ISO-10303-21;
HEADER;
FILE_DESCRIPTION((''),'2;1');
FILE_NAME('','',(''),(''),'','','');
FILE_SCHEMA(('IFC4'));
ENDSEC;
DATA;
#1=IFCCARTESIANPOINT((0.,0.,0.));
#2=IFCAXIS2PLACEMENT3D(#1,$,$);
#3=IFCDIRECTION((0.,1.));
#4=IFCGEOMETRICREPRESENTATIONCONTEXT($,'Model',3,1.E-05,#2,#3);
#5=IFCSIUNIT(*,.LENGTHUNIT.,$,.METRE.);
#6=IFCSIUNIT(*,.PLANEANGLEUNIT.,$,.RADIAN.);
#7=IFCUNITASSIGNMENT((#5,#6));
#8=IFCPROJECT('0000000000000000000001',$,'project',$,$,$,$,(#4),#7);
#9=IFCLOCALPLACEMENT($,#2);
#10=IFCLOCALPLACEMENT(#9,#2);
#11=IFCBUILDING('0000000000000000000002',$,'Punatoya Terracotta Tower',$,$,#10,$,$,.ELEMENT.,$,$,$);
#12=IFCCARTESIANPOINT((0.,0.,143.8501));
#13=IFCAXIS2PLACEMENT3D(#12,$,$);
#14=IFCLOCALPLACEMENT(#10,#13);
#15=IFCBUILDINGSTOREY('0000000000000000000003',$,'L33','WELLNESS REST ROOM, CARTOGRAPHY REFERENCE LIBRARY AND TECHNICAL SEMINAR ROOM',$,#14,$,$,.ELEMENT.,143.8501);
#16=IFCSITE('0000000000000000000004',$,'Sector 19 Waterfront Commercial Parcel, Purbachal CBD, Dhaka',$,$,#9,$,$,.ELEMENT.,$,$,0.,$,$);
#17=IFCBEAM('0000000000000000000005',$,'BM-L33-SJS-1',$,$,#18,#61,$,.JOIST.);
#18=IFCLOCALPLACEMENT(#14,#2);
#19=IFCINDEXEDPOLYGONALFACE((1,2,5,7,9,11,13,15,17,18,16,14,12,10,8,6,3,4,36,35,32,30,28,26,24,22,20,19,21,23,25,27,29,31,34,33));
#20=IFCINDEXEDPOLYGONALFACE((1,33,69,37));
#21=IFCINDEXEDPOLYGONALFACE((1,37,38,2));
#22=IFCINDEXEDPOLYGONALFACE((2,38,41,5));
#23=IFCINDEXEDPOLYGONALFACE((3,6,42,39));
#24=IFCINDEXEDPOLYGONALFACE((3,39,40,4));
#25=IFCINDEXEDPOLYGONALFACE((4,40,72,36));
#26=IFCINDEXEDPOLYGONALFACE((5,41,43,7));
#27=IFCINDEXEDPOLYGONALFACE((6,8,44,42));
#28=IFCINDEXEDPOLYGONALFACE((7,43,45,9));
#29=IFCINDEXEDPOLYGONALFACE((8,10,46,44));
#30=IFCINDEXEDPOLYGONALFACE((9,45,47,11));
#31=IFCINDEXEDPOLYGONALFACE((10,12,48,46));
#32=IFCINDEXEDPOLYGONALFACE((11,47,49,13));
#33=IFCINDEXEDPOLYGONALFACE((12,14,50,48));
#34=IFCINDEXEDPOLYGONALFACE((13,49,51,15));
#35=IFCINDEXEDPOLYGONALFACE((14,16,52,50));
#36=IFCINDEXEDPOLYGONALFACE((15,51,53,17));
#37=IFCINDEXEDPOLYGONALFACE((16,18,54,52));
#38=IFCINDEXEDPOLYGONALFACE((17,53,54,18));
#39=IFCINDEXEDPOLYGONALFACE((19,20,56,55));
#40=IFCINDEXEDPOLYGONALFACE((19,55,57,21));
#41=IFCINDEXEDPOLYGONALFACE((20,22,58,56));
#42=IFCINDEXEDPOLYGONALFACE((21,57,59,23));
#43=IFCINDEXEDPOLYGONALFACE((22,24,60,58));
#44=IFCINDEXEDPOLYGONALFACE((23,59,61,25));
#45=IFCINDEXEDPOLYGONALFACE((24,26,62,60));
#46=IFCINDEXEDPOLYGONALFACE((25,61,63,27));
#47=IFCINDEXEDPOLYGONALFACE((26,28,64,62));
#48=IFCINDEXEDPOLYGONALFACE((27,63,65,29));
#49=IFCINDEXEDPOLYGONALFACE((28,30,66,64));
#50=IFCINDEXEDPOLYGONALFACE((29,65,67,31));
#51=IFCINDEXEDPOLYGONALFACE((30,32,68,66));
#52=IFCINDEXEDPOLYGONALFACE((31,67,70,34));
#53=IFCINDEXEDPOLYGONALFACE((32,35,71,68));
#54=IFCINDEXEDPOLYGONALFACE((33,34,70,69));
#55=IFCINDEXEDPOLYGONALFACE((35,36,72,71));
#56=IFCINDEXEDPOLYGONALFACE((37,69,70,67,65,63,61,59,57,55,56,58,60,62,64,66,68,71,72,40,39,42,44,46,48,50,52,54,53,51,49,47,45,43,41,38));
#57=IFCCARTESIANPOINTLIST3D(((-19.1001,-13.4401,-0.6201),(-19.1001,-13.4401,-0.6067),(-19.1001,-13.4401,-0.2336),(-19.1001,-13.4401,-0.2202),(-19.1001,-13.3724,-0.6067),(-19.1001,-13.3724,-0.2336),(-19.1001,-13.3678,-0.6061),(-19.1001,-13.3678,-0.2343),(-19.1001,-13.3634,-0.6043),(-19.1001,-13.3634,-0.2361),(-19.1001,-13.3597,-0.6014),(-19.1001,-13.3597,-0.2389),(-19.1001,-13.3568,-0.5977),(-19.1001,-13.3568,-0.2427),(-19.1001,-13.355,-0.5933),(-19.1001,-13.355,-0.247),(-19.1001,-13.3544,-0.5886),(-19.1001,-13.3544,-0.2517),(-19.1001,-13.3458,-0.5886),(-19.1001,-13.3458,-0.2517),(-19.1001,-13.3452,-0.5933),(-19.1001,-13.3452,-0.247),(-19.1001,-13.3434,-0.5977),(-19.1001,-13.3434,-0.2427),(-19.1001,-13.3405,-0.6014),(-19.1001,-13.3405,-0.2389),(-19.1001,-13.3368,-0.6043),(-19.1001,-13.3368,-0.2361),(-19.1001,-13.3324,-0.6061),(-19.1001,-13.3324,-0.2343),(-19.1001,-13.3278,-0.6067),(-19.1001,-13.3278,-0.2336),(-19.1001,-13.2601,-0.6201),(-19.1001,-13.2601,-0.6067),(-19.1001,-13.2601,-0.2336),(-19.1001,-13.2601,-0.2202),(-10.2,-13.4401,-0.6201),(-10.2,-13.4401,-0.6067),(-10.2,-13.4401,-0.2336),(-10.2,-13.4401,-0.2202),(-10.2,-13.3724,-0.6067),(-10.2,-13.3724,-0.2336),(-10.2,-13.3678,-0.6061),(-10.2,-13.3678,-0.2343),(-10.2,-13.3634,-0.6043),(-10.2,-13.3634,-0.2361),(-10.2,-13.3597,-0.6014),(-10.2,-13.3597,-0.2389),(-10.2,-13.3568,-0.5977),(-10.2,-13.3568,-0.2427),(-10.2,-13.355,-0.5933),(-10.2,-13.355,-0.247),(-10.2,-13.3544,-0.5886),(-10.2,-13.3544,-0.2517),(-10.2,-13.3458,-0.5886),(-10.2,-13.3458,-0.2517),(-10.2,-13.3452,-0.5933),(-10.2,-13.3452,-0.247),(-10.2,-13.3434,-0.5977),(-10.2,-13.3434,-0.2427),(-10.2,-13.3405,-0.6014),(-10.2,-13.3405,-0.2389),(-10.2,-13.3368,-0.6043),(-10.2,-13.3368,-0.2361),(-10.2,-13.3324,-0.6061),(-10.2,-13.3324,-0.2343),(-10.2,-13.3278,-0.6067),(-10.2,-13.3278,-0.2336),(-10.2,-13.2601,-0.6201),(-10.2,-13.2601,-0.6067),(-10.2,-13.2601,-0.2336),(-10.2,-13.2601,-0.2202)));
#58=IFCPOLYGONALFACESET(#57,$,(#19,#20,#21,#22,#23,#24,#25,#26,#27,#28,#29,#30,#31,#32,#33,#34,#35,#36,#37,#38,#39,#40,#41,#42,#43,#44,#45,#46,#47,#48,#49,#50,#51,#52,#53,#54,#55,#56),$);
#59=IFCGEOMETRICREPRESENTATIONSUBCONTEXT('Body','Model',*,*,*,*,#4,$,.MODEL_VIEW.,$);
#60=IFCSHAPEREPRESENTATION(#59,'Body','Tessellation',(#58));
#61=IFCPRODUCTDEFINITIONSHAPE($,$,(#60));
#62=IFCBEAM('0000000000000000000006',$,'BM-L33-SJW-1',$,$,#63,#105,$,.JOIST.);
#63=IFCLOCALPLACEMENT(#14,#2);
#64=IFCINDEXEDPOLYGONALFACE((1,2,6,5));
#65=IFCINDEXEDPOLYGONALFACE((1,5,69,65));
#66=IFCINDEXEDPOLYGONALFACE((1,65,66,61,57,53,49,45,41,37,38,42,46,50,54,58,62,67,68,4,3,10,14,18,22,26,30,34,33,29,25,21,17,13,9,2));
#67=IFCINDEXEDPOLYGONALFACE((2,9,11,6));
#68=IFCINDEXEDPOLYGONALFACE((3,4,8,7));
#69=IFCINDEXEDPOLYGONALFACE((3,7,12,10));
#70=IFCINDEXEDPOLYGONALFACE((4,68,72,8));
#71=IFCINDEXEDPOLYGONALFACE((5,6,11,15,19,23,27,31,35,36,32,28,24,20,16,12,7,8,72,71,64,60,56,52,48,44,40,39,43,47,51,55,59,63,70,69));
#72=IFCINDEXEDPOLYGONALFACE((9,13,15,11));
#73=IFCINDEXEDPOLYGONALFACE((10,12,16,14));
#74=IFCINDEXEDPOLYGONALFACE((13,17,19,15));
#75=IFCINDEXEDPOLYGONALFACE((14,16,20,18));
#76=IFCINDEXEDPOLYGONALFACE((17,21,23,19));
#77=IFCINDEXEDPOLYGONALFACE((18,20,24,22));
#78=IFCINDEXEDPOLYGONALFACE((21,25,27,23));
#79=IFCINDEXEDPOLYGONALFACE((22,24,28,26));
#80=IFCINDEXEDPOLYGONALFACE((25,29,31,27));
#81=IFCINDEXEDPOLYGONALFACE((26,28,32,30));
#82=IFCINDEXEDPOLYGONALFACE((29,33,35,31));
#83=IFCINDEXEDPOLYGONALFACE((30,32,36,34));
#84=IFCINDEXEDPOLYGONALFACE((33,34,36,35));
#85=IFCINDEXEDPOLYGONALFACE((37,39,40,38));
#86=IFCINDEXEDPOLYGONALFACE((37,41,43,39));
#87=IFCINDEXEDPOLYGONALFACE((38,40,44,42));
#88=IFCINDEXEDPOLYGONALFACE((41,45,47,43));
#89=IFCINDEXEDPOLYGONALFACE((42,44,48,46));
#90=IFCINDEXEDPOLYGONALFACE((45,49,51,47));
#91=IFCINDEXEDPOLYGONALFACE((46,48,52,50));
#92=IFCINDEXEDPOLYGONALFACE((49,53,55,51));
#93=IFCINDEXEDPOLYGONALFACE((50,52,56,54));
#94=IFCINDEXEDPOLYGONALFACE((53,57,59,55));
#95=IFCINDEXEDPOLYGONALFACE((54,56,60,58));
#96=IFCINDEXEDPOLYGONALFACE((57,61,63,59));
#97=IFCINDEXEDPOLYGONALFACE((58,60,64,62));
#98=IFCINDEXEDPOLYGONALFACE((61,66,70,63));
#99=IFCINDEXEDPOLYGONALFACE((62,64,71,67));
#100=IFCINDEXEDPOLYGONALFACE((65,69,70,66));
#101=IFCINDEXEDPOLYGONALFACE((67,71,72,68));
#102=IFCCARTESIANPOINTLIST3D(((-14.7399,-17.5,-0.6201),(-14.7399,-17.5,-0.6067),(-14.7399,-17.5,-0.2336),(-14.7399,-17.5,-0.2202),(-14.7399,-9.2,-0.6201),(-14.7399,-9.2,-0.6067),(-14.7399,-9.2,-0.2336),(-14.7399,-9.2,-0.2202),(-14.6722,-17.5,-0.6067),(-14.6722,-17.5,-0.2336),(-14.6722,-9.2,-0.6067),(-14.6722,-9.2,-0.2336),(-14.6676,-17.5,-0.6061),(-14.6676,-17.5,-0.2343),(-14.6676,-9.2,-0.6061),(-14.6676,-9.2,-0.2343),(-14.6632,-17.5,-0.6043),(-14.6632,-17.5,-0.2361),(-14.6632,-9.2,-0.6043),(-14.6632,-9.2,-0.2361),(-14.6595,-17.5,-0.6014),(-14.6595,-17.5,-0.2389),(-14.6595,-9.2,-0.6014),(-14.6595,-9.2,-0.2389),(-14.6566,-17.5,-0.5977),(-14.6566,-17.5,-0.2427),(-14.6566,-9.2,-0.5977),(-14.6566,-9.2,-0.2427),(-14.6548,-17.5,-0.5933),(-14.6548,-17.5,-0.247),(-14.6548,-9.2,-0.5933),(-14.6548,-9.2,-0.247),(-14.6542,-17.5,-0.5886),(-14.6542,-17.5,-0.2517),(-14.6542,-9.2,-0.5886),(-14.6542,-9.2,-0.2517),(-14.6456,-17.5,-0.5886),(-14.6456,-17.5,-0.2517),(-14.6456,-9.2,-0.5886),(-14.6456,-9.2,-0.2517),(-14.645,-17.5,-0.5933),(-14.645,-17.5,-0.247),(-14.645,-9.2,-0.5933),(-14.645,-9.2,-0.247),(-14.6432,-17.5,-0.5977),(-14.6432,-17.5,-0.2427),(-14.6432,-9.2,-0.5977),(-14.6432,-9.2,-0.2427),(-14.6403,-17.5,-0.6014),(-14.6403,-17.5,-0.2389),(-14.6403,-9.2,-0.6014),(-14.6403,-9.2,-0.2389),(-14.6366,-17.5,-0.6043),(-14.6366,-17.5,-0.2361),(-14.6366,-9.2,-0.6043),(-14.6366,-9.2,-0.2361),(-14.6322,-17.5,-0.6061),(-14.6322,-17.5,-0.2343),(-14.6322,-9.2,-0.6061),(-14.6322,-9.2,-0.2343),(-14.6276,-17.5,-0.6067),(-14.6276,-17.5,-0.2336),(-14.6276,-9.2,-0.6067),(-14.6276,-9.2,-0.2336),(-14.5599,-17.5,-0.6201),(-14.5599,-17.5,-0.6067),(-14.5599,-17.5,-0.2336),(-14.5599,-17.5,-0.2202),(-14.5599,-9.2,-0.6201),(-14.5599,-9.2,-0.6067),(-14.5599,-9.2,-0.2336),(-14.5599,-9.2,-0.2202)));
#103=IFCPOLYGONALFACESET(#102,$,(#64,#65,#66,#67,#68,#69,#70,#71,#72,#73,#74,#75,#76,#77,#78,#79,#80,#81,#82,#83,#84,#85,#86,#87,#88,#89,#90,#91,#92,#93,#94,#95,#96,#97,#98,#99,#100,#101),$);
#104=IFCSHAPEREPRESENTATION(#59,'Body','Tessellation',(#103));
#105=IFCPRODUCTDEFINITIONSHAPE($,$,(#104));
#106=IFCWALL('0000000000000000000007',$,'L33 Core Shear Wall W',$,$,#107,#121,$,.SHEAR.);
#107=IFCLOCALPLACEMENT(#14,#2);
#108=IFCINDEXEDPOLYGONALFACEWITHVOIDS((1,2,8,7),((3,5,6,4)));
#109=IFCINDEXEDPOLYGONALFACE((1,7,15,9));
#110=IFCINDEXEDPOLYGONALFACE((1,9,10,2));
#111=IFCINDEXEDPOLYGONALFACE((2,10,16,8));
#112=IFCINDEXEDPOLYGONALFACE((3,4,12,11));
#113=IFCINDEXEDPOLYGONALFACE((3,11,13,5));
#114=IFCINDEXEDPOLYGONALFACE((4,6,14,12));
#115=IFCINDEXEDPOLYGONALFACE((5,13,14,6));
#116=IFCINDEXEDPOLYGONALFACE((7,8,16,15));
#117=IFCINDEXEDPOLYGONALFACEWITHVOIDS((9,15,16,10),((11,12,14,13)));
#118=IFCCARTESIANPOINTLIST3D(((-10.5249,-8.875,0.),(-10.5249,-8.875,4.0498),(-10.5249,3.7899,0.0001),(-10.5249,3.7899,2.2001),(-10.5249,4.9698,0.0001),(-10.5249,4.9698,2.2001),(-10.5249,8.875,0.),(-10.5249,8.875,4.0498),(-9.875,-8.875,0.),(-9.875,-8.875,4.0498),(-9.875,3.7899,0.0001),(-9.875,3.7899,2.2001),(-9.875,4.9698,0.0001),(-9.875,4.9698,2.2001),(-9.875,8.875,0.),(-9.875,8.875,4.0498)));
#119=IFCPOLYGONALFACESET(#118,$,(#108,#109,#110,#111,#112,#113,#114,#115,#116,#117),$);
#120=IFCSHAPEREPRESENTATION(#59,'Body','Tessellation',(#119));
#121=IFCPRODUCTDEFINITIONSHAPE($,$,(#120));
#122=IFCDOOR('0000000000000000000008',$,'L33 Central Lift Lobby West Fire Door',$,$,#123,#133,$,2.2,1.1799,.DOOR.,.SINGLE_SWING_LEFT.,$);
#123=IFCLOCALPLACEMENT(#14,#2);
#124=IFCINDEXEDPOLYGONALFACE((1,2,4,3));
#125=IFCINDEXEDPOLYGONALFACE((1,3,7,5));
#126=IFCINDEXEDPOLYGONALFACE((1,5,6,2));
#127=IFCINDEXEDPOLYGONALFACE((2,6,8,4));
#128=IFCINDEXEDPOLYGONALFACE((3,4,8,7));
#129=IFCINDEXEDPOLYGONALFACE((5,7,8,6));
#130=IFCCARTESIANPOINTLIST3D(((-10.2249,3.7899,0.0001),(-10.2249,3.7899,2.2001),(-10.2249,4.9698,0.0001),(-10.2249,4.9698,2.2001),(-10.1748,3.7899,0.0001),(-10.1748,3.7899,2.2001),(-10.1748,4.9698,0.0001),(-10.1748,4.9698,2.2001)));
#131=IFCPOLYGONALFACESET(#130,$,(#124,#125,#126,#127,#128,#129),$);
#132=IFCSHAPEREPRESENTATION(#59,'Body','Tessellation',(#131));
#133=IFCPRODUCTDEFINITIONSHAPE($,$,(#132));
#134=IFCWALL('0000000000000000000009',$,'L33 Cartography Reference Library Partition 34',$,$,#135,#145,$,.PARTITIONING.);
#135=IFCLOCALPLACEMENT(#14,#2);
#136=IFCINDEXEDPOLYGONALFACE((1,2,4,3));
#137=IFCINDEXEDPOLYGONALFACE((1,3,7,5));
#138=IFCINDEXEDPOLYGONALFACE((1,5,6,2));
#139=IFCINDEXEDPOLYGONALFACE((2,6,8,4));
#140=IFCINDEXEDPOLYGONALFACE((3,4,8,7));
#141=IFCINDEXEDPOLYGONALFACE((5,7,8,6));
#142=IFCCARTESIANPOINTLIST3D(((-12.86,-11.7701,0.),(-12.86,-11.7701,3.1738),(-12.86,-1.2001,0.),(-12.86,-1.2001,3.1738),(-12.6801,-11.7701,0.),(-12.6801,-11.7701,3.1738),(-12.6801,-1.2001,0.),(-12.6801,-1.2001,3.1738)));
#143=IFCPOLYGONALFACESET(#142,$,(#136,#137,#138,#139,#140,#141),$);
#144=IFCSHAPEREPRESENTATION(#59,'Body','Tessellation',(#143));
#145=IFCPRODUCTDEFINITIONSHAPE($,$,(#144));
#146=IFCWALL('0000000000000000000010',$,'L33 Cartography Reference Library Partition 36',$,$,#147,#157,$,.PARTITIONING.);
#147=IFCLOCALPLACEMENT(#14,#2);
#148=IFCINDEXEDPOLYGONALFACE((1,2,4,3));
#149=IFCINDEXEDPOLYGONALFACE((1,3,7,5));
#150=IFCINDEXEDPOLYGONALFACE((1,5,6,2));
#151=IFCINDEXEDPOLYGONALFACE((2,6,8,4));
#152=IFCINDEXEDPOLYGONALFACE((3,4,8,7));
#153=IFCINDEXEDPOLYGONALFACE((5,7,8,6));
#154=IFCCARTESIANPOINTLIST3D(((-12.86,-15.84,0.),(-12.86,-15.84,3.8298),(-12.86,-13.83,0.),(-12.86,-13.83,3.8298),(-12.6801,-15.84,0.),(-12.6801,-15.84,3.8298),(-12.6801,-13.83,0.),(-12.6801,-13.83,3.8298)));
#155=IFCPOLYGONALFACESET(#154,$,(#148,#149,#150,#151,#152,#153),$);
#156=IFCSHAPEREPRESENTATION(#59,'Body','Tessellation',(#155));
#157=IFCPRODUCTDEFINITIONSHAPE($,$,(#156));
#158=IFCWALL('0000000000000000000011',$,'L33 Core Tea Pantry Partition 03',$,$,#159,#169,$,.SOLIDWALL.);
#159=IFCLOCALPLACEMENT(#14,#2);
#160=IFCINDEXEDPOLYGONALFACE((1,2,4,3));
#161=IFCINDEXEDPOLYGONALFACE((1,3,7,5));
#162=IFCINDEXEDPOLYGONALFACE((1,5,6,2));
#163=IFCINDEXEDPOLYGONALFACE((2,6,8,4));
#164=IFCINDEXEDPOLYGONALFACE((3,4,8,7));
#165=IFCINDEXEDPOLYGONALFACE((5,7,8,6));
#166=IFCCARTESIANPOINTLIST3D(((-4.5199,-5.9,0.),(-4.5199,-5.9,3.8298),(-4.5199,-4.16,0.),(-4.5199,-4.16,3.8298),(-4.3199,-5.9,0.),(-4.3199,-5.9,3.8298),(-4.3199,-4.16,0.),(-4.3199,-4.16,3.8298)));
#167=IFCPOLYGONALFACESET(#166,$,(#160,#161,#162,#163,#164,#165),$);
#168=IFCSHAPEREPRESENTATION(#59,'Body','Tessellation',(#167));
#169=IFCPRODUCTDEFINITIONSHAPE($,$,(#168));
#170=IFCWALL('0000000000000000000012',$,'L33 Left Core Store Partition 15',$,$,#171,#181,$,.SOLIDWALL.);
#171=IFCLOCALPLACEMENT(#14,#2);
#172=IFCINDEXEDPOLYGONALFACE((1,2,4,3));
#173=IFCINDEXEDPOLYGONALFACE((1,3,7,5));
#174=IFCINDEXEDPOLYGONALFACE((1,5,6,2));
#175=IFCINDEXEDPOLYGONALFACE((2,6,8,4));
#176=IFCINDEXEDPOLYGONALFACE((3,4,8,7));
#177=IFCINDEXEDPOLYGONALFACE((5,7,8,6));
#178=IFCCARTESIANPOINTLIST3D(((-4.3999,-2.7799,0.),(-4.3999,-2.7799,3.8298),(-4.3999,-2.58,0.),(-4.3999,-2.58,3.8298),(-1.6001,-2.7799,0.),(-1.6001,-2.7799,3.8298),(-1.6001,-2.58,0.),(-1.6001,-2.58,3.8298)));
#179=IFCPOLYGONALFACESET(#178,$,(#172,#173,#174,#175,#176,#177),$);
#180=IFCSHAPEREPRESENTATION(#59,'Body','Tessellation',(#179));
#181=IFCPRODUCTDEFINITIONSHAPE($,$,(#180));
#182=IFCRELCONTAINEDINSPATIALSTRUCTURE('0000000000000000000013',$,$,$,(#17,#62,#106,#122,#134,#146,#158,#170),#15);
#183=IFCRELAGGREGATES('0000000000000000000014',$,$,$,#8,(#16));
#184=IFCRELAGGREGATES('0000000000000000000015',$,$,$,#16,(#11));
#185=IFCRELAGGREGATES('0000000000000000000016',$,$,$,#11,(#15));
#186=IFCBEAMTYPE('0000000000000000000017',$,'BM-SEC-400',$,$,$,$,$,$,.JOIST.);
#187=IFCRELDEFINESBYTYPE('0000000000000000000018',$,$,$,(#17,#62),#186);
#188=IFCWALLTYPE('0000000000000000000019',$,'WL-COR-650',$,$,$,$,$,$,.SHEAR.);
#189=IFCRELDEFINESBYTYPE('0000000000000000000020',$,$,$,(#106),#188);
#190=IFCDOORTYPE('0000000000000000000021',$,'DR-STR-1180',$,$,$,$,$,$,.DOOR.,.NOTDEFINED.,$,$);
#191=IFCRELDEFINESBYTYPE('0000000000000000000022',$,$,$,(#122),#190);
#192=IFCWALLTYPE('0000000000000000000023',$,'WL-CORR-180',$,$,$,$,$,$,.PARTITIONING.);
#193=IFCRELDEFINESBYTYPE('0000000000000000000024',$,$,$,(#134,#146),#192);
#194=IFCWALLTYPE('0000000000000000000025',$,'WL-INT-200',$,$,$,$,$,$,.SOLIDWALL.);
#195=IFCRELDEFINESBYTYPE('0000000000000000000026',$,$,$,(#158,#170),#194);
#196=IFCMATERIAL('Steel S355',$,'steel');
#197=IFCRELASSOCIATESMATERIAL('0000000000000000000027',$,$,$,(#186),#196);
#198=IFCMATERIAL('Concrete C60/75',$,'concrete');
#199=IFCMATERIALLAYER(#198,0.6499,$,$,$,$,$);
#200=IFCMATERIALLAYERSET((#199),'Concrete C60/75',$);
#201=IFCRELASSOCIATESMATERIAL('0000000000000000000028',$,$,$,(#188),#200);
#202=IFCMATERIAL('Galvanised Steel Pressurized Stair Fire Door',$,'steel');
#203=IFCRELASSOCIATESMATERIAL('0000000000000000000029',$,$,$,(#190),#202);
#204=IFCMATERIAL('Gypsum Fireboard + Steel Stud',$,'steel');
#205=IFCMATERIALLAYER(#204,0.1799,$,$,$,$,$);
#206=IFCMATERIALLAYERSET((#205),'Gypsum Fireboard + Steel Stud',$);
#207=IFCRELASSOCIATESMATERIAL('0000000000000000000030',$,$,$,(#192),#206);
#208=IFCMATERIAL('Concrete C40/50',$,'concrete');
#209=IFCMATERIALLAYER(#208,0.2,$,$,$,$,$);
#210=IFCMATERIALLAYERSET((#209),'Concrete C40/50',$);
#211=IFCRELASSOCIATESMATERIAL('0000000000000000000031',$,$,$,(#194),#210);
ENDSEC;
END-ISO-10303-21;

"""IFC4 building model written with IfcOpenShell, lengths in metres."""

from ifc_helpers import new_model, si_unit, direction, frame, frame_2d, origin, origin_2d, place, context, subcontext, project, spatial, rectangle, i_section, extrude, material, layer, layer_set, material_profile, profile_set, type_object, element, fill, save


model = new_model("IFC4")

# Units and contexts
model_context = context("Model", 3, precision=1e-05, world=origin(), true_north=direction((0.0, 1.0)))
body_context = subcontext(model_context, "Body", "Model", "MODEL_VIEW")
ifc_project = project(units=[si_unit("LENGTHUNIT", "METRE"), si_unit("PLANEANGLEUNIT", "RADIAN")], contexts=[model_context])

# Site, building, storey
site_placement = place(None, origin())
site = spatial("IfcSite", under=ifc_project, at=site_placement, Name="Sector 19 Waterfront Commercial Parcel, Purbachal CBD, Dhaka", CompositionType="ELEMENT", RefElevation=0.0)
building_placement = place(site_placement, origin())
building = spatial("IfcBuilding", under=site, at=building_placement, Name="Punatoya Terracotta Tower", CompositionType="ELEMENT")
storey_placement = place(building_placement, frame((0.0, 0.0, 143.8501)))
storey = spatial("IfcBuildingStorey", under=building, at=storey_placement, Name="L33", Description="WELLNESS REST ROOM, CARTOGRAPHY REFERENCE LIBRARY AND TECHNICAL SEMINAR ROOM", CompositionType="ELEMENT", Elevation=143.8501)

# Beams
ifc_material_1 = material(Name="Steel S355", Category="steel")
ifc_material_2 = material(Name="Concrete C60/75", Category="concrete")
ifc_material_profile_1 = material_profile(ifc_material_1, i_section(OverallWidth=0.1799, OverallDepth=0.3999, WebThickness=0.0085, FlangeThickness=0.0134, FilletRadius=0.0181, at=origin_2d()))
ifc_profile_set_1 = profile_set([ifc_material_profile_1], Name="Steel S355")
beam_type_1 = type_object("IfcBeamType", Name="BM-SEC-400", PredefinedType="JOIST", material=ifc_profile_set_1)
beam_1_placement = place(storey_placement, frame((-19.1001, -13.3501, -0.4202), z_axis=(1.0, 0.0, 0.0), x_axis=(0.0, 1.0, 0.0)))
element("IfcBeam", 1, at=beam_1_placement, inside=storey, type_object=beam_type_1, Name="BM-L33-SJS-1", PredefinedType="JOIST", context=body_context, shape_type="SweptSolid", body=[
    extrude(i_section(OverallWidth=0.1799, OverallDepth=0.3999, WebThickness=0.0085, FlangeThickness=0.0134, FilletRadius=0.0181, at=origin_2d()), origin(), (0.0, 0.0, 1.0), 8.9001),
])
beam_2_placement = place(storey_placement, frame((-14.6499, -17.5, -0.4202), z_axis=(0.0, 1.0, 0.0), x_axis=(-1.0, 0.0, 0.0)))
element("IfcBeam", 2, at=beam_2_placement, inside=storey, type_object=beam_type_1, Name="BM-L33-SJW-1", PredefinedType="JOIST", context=body_context, shape_type="SweptSolid", body=[
    extrude(i_section(OverallWidth=0.1799, OverallDepth=0.3999, WebThickness=0.0085, FlangeThickness=0.0134, FilletRadius=0.0181, at=origin_2d()), origin(), (0.0, 0.0, 1.0), 8.3),
])

# Wall, opening, door
ifc_layer_1 = layer(ifc_material_2, 0.6499)
ifc_layer_set_1 = layer_set([ifc_layer_1], Name="Concrete C60/75")
wall_type_1 = type_object("IfcWallType", Name="WL-COR-650", PredefinedType="SHEAR", material=ifc_layer_set_1)
wall_1_placement = place(storey_placement, frame((-10.2, -8.875, 0.0), z_axis=(0.0, 0.0, 1.0), x_axis=(0.0, 1.0, 0.0)))
wall_1 = element("IfcWall", 3, at=wall_1_placement, inside=storey, type_object=wall_type_1, Name="L33 Core Shear Wall W", PredefinedType="SHEAR", context=body_context, shape_type="SweptSolid", body=[
    extrude(rectangle(XDim=17.75, YDim=0.6499, at=frame_2d((8.875, 0.0))), origin(), (0.0, 0.0, 1.0), 4.0498),
])
opening_1_placement = place(wall_1_placement, frame((12.665, 0.0, 0.0)))
opening_1 = element("IfcOpeningElement", 4, at=opening_1_placement, cuts=wall_1, PredefinedType="OPENING", context=body_context, shape_type="SweptSolid", body=[
    extrude(rectangle(XDim=1.1799, YDim=2.2, at=frame_2d((0.5898, 1.1001))), frame((0.0, 0.335, 0.0), z_axis=(0.0, -1.0, 0.0), x_axis=(1.0, 0.0, 0.0)), (0.0, 0.0, 1.0), 0.6699),
])
ifc_material_3 = material(Name="Galvanised Steel Pressurized Stair Fire Door", Category="steel")
door_type_1 = type_object("IfcDoorType", Name="DR-STR-1180", OperationType="NOTDEFINED", PredefinedType="DOOR", material=ifc_material_3)
door_1_placement = place(opening_1_placement, origin())
door_1 = element("IfcDoor", 5, at=door_1_placement, inside=storey, type_object=door_type_1, Name="L33 Central Lift Lobby West Fire Door", OperationType="SINGLE_SWING_LEFT", OverallHeight=2.2, OverallWidth=1.1799, PredefinedType="DOOR", context=body_context, shape_type="SweptSolid", body=[
    extrude(rectangle(XDim=1.1799, YDim=2.2, at=frame_2d((0.5898, 1.1001))), frame((0.0, 0.0249, 0.0), z_axis=(0.0, -1.0, 0.0), x_axis=(1.0, 0.0, 0.0)), (0.0, 0.0, 1.0), 0.05),
])
fill(opening_1, door_1)

# Walls
ifc_material_4 = material(Name="Gypsum Fireboard + Steel Stud", Category="steel")
ifc_layer_2 = layer(ifc_material_4, 0.1799)
ifc_layer_set_2 = layer_set([ifc_layer_2], Name="Gypsum Fireboard + Steel Stud")
wall_type_2 = type_object("IfcWallType", Name="WL-CORR-180", PredefinedType="PARTITIONING", material=ifc_layer_set_2)
wall_2_placement = place(storey_placement, frame((-12.77, -1.2, 0.0), z_axis=(0.0, 0.0, 1.0), x_axis=(0.0, -1.0, 0.0)))
element("IfcWall", 6, at=wall_2_placement, inside=storey, type_object=wall_type_2, Name="L33 Cartography Reference Library Partition 34", PredefinedType="PARTITIONING", context=body_context, shape_type="SweptSolid", body=[
    extrude(rectangle(XDim=10.5701, YDim=0.1799, at=frame_2d((5.2852, 0.0))), origin(), (0.0, 0.0, 1.0), 3.1738),
])
wall_3_placement = place(storey_placement, frame((-12.77, -13.8301, 0.0), z_axis=(0.0, 0.0, 1.0), x_axis=(0.0, -1.0, 0.0)))
element("IfcWall", 7, at=wall_3_placement, inside=storey, type_object=wall_type_2, Name="L33 Cartography Reference Library Partition 36", PredefinedType="PARTITIONING", context=body_context, shape_type="SweptSolid", body=[
    extrude(rectangle(XDim=2.01, YDim=0.1799, at=frame_2d((1.0049, 0.0))), origin(), (0.0, 0.0, 1.0), 3.8298),
])
ifc_material_5 = material(Name="Concrete C40/50", Category="concrete")
ifc_layer_3 = layer(ifc_material_5, 0.2)
ifc_layer_set_3 = layer_set([ifc_layer_3], Name="Concrete C40/50")
wall_type_3 = type_object("IfcWallType", Name="WL-INT-200", PredefinedType="SOLIDWALL", material=ifc_layer_set_3)
wall_4_placement = place(storey_placement, frame((-4.4199, -4.1599, 0.0), z_axis=(0.0, 0.0, 1.0), x_axis=(0.0, -1.0, 0.0)))
element("IfcWall", 8, at=wall_4_placement, inside=storey, type_object=wall_type_3, Name="L33 Core Tea Pantry Partition 03", PredefinedType="SOLIDWALL", context=body_context, shape_type="SweptSolid", body=[
    extrude(rectangle(XDim=1.74, YDim=0.2, at=frame_2d((0.8701, 0.0))), origin(), (0.0, 0.0, 1.0), 3.8298),
])
wall_5_placement = place(storey_placement, frame((-4.3999, -2.6799, 0.0), z_axis=(0.0, 0.0, 1.0), x_axis=(1.0, 0.0, 0.0)))
element("IfcWall", 9, at=wall_5_placement, inside=storey, type_object=wall_type_3, Name="L33 Left Core Store Partition 15", PredefinedType="SOLIDWALL", context=body_context, shape_type="SweptSolid", body=[
    extrude(rectangle(XDim=2.7998, YDim=0.2, at=frame_2d((1.3999, 0.0))), origin(), (0.0, 0.0, 1.0), 3.8298),
])

save(model, "model.ifc")
